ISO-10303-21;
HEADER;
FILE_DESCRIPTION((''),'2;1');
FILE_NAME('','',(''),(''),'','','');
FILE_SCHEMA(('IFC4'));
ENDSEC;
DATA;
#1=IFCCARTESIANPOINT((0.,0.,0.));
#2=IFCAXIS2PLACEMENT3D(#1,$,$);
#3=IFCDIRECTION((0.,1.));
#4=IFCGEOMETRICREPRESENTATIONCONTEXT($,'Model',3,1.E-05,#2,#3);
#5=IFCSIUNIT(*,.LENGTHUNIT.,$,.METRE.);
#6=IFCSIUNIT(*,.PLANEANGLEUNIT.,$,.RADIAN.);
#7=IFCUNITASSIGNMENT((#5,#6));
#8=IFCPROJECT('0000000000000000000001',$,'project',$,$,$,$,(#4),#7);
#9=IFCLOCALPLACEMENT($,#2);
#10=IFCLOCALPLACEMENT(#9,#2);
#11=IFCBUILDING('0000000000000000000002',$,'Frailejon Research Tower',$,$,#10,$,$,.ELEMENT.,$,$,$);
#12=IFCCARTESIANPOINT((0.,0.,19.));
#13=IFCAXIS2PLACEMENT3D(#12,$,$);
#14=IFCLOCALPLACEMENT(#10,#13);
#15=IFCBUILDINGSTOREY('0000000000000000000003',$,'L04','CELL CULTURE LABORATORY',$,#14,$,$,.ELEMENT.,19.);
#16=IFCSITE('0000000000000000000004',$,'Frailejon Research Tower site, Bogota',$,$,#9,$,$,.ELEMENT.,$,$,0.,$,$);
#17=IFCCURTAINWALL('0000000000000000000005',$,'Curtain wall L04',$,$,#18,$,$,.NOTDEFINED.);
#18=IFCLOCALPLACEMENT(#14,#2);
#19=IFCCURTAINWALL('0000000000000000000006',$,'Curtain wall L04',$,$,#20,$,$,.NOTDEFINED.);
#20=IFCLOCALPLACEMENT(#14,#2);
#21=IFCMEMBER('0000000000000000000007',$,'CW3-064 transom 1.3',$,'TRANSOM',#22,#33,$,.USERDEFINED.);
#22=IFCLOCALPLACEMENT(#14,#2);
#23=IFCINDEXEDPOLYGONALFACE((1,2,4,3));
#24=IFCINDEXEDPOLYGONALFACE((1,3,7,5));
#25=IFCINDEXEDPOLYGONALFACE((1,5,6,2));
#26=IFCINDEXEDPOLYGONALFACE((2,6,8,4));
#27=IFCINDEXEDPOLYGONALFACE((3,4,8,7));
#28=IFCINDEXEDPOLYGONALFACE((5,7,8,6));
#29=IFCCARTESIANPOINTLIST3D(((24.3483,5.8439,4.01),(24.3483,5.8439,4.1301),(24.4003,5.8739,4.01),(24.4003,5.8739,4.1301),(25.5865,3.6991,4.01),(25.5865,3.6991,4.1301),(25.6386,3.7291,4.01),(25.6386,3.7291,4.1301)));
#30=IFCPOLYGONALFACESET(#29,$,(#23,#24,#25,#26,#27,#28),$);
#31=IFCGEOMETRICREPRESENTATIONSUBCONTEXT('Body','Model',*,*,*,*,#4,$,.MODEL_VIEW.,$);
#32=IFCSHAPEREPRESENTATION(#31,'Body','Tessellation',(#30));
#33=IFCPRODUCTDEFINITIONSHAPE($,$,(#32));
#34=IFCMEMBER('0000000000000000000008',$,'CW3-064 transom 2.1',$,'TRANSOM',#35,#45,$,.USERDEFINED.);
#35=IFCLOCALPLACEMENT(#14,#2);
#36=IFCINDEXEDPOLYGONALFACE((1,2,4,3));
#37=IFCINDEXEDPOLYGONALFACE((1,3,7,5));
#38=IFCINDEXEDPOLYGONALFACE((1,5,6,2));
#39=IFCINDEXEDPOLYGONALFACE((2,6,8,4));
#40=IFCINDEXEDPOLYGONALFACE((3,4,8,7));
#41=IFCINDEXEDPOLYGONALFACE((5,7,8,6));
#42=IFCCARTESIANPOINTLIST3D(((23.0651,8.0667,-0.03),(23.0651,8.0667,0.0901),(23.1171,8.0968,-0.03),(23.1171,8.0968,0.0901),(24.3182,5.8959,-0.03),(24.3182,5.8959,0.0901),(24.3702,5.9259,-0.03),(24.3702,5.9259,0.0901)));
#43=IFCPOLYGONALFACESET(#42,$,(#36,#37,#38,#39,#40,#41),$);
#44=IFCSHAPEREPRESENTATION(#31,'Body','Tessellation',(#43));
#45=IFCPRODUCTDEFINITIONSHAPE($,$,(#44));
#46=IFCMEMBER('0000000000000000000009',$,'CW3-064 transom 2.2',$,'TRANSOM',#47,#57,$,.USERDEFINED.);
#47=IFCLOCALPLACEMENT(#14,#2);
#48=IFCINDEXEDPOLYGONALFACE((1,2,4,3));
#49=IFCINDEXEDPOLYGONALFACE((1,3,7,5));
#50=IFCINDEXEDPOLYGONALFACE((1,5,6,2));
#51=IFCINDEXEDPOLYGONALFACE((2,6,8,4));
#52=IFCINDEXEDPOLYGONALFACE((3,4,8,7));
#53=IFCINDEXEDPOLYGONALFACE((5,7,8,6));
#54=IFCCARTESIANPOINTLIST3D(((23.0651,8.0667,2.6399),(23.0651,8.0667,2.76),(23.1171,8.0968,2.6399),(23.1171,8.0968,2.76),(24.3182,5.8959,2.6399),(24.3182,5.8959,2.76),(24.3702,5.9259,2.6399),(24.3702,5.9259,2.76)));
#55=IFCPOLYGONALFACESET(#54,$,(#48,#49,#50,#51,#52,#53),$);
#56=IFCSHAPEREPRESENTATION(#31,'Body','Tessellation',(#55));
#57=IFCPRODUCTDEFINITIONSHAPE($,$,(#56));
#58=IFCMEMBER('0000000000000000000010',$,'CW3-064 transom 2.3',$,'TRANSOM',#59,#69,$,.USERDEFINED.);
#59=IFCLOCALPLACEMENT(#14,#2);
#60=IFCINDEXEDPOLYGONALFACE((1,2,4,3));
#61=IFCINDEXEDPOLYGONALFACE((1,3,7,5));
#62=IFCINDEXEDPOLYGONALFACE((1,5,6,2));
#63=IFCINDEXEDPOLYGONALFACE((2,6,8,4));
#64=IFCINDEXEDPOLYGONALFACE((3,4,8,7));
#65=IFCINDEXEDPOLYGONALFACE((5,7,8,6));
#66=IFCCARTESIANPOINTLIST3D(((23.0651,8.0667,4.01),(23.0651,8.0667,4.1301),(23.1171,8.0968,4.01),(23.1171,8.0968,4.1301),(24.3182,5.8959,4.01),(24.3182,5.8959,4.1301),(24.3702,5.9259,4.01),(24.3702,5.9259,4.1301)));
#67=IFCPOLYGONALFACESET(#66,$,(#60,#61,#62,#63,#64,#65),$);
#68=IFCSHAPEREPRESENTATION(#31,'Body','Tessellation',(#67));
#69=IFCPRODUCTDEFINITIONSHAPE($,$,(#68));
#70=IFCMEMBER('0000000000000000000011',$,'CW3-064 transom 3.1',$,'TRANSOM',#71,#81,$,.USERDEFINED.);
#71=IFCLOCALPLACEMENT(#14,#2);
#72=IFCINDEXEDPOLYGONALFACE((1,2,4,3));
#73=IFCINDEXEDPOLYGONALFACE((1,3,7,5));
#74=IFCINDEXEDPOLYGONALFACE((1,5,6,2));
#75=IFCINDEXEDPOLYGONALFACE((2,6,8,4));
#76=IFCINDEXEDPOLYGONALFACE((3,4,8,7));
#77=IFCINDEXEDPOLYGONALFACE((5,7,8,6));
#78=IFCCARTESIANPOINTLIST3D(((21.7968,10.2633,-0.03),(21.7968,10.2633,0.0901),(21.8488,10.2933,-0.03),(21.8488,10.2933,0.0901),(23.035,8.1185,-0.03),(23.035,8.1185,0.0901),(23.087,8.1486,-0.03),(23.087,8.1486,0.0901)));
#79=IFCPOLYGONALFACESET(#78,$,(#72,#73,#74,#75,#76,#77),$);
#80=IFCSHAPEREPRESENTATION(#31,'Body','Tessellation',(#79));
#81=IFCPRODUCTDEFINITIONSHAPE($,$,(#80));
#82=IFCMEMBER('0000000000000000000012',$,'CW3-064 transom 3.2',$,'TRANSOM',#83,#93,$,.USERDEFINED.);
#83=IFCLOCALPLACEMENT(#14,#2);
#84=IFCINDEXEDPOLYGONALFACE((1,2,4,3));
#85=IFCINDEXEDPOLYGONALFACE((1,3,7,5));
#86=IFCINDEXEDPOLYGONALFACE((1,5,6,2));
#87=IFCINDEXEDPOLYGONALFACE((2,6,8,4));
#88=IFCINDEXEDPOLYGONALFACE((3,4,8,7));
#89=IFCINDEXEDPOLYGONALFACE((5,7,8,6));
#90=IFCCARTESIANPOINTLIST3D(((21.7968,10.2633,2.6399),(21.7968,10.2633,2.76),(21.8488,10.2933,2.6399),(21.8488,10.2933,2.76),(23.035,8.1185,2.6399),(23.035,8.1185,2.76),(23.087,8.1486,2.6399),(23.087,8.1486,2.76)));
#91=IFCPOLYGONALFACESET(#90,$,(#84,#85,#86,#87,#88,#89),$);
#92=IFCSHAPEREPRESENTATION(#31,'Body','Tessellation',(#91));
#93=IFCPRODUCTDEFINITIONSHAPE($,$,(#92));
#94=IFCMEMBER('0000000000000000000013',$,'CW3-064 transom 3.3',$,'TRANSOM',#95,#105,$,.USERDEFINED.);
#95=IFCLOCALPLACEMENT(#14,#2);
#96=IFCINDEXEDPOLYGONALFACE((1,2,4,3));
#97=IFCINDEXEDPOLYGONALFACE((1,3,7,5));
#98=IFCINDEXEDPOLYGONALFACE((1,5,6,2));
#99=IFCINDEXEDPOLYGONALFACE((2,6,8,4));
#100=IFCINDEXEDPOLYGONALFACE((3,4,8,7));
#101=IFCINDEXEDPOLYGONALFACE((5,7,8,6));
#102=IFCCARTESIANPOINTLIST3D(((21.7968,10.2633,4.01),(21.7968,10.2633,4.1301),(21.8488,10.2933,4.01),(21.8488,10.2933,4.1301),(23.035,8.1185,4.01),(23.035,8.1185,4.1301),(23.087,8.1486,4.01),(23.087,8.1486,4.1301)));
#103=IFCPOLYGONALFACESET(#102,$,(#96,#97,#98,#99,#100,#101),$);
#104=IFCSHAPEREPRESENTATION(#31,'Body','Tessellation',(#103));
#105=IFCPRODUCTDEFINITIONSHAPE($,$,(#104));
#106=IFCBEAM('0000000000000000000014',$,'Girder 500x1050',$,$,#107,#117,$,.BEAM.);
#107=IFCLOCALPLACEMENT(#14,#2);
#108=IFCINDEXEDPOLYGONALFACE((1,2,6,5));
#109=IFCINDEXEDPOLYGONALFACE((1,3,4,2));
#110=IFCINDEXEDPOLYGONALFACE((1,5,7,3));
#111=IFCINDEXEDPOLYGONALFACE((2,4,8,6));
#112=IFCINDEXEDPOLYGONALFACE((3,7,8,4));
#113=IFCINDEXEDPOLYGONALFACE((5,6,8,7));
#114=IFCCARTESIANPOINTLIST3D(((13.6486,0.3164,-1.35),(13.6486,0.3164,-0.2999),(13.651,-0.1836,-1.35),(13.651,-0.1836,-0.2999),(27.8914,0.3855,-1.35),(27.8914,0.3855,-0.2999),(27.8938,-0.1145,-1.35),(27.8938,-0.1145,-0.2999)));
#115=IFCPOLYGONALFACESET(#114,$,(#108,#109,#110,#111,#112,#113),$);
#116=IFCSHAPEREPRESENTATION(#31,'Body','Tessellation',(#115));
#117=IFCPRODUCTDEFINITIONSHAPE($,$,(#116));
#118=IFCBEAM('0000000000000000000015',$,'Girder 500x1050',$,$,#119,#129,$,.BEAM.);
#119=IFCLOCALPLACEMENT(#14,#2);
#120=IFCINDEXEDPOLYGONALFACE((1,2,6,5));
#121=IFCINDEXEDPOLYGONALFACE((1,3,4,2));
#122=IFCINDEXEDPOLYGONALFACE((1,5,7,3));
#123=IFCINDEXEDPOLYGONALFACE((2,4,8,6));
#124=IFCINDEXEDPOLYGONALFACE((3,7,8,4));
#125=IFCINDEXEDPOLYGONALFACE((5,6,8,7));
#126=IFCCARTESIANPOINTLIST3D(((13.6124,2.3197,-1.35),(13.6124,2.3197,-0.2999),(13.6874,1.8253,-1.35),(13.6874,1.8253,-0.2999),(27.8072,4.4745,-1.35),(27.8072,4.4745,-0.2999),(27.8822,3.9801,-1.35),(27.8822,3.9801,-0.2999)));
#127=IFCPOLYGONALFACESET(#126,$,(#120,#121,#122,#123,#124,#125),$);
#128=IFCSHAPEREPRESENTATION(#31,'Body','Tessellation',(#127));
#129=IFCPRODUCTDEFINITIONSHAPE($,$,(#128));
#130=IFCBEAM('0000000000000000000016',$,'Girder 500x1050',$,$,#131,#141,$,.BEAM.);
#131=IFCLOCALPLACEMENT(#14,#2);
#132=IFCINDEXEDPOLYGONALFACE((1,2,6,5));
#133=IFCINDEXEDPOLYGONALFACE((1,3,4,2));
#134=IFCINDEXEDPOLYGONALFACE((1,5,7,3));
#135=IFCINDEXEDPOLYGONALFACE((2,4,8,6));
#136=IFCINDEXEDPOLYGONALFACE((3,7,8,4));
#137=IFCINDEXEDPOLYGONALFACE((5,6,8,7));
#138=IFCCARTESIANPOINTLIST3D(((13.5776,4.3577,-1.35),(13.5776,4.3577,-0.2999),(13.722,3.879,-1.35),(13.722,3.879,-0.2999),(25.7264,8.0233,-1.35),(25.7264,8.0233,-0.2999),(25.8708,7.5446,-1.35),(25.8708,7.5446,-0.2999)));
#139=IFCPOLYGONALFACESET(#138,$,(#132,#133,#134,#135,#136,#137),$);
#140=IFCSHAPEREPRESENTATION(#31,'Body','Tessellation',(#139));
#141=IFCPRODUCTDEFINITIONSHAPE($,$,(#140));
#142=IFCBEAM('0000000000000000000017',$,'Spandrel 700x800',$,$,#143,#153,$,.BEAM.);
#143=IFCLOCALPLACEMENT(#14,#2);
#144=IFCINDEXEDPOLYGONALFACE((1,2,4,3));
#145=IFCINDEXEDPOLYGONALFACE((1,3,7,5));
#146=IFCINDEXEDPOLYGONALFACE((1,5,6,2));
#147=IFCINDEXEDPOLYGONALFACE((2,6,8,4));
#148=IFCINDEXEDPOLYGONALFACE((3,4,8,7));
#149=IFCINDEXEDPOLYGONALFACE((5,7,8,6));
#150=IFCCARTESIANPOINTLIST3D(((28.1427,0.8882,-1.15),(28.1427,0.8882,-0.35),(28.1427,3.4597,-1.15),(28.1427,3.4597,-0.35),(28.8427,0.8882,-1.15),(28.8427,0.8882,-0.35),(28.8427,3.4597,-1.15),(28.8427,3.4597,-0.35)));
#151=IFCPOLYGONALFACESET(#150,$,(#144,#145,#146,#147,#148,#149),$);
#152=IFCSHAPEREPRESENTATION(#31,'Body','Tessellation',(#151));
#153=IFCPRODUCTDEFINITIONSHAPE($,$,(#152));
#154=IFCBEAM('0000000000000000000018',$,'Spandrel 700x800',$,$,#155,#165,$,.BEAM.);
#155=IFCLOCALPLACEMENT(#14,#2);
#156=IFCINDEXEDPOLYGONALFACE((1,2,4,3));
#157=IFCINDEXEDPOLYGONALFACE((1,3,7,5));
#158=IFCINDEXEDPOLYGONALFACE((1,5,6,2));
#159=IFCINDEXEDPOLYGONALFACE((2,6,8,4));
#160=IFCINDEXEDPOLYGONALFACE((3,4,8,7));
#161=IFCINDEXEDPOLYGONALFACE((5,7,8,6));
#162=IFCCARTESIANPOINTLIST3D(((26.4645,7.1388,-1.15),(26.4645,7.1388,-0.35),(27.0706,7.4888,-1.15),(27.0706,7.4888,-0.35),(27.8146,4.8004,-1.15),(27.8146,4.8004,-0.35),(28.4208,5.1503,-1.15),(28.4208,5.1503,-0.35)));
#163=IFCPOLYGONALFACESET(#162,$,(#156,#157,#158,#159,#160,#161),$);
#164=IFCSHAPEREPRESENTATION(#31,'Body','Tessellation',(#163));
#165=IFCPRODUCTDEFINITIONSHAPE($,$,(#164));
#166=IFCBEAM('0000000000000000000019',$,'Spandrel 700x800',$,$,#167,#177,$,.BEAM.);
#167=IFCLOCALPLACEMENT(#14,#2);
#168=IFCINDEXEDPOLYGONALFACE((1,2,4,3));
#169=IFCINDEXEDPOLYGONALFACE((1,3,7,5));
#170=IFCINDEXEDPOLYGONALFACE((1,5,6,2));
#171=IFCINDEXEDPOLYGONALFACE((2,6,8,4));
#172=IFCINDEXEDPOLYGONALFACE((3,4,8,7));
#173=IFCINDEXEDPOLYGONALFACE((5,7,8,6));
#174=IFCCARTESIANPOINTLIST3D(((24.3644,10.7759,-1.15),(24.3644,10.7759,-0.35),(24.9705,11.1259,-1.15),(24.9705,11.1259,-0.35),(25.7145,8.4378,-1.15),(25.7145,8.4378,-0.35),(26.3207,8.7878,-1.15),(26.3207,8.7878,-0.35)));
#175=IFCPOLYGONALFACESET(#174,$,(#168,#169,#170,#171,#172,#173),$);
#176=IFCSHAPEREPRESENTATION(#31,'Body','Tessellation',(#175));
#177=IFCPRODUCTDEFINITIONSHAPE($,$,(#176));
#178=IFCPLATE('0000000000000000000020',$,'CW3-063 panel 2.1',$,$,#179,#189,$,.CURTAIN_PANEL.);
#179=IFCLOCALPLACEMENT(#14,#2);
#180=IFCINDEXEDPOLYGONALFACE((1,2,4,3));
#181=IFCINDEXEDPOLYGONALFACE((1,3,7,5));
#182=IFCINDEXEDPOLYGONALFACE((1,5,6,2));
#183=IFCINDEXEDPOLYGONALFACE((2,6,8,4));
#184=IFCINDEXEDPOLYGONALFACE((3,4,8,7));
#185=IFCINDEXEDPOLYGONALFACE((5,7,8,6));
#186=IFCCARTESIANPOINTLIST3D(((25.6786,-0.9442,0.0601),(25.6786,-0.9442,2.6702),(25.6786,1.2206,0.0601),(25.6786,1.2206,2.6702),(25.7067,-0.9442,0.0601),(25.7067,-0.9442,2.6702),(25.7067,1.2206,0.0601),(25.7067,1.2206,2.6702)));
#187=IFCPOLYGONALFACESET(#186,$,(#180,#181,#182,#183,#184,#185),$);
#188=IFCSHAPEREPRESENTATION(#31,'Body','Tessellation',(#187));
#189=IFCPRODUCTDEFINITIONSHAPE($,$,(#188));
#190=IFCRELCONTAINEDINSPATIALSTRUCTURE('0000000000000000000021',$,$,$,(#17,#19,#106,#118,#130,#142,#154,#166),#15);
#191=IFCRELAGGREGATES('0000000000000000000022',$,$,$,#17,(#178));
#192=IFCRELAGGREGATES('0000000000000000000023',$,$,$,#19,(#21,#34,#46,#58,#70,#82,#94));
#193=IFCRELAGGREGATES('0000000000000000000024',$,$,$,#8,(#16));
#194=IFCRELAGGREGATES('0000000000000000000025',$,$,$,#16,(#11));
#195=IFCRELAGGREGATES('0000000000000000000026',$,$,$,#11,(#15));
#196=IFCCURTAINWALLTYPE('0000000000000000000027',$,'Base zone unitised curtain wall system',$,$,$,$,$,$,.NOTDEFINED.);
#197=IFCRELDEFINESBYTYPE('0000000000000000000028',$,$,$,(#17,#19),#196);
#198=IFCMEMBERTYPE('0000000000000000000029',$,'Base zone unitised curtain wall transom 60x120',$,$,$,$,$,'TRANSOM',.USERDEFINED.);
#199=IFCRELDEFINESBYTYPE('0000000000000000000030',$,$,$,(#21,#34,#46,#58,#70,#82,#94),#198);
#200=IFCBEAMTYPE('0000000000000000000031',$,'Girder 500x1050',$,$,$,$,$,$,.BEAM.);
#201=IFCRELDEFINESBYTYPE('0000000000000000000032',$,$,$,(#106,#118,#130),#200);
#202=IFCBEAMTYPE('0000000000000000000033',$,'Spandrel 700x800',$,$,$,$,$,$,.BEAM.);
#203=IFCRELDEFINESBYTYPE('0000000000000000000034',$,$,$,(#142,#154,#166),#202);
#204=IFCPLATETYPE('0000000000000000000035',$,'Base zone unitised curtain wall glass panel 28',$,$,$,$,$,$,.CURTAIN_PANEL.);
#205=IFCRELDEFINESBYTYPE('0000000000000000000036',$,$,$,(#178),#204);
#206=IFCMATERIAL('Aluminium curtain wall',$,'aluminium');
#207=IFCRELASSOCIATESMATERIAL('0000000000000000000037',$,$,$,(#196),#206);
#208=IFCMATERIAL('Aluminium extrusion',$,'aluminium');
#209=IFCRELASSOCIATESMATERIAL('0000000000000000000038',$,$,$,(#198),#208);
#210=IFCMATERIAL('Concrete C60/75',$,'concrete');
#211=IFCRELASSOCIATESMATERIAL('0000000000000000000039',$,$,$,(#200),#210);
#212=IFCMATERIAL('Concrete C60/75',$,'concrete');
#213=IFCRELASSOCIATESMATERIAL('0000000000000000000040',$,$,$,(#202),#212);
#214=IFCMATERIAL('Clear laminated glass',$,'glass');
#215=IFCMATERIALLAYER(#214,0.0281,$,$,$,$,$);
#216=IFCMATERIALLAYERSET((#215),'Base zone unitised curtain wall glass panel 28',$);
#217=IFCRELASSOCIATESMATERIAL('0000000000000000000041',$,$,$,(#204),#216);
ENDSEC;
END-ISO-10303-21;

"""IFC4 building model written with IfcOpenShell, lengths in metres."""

from ifc_helpers import new_model, si_unit, direction, frame, origin, origin_2d, place, context, subcontext, project, spatial, rectangle, extrude, material, layer, layer_set, material_profile, profile_set, type_object, element, aggregate, save


model = new_model("IFC4")

# Units and contexts
model_context = context("Model", 3, precision=1e-05, world=origin(), true_north=direction((0.0, 1.0)))
body_context = subcontext(model_context, "Body", "Model", "MODEL_VIEW")
ifc_project = project(units=[si_unit("LENGTHUNIT", "METRE"), si_unit("PLANEANGLEUNIT", "RADIAN")], contexts=[model_context])

# Site, building, storey
site_placement = place(None, origin())
site = spatial("IfcSite", under=ifc_project, at=site_placement, Name="Frailejon Research Tower site, Bogota", CompositionType="ELEMENT", RefElevation=0.0)
building_placement = place(site_placement, origin())
building = spatial("IfcBuilding", under=site, at=building_placement, Name="Frailejon Research Tower", CompositionType="ELEMENT")
storey_placement = place(building_placement, frame((0.0, 0.0, 19.0)))
storey = spatial("IfcBuildingStorey", under=building, at=storey_placement, Name="L04", Description="CELL CULTURE LABORATORY", CompositionType="ELEMENT", Elevation=19.0)

# Curtain walls
ifc_material_1 = material(Name="Aluminium curtain wall", Category="aluminium")
curtain_wall_type = type_object("IfcCurtainWallType", Name="Base zone unitised curtain wall system", PredefinedType="NOTDEFINED", material=ifc_material_1)
curtain_wall_1_placement = place(storey_placement, origin())
curtain_wall_1 = element("IfcCurtainWall", 1, at=curtain_wall_1_placement, inside=storey, type_object=curtain_wall_type, Name="Curtain wall L04", PredefinedType="NOTDEFINED")
curtain_wall_2_placement = place(storey_placement, origin())
curtain_wall_2 = element("IfcCurtainWall", 2, at=curtain_wall_2_placement, inside=storey, type_object=curtain_wall_type, Name="Curtain wall L04", PredefinedType="NOTDEFINED")

# Members
ifc_material_2 = material(Name="Aluminium extrusion", Category="aluminium")
ifc_material_profile_1 = material_profile(ifc_material_2, rectangle(XDim=0.0601, YDim=0.1201, at=origin_2d()), Name="Base zone unitised curtain wall transom 60x120")
ifc_profile_set_1 = profile_set([ifc_material_profile_1], Name="Aluminium extrusion")
member_type_1 = type_object("IfcMemberType", Name="Base zone unitised curtain wall transom 60x120", ElementType="TRANSOM", PredefinedType="USERDEFINED", material=ifc_profile_set_1)
member_1_placement = place(storey_placement, frame((25.6125, 3.7141, 4.0701), z_axis=(-0.499998, 0.866026, 0.0), x_axis=(-0.866026, -0.499998, 0.0)))
member_1 = element("IfcMember", 3, at=member_1_placement, type_object=member_type_1, Name="CW3-064 transom 1.3", ObjectType="TRANSOM", PredefinedType="USERDEFINED", context=body_context, shape_type="SweptSolid", body=[
    extrude(rectangle(XDim=0.0601, YDim=0.1201, at=origin_2d()), origin(), (0.0, 0.0, 1.0), 2.4766),
])
member_2_placement = place(storey_placement, frame((24.3442, 5.9109, 0.03), z_axis=(-0.499942, 0.866059, 0.0), x_axis=(-0.866059, -0.499942, 0.0)))
member_2 = element("IfcMember", 4, at=member_2_placement, type_object=member_type_1, Name="CW3-064 transom 2.1", ObjectType="TRANSOM", PredefinedType="USERDEFINED", context=body_context, shape_type="SweptSolid", body=[
    extrude(rectangle(XDim=0.0601, YDim=0.1201, at=origin_2d()), origin(), (0.0, 0.0, 1.0), 2.5066),
])
member_3_placement = place(storey_placement, frame((24.3442, 5.9109, 2.7), z_axis=(-0.499942, 0.866059, 0.0), x_axis=(-0.866059, -0.499942, 0.0)))
member_3 = element("IfcMember", 5, at=member_3_placement, type_object=member_type_1, Name="CW3-064 transom 2.2", ObjectType="TRANSOM", PredefinedType="USERDEFINED", context=body_context, shape_type="SweptSolid", body=[
    extrude(rectangle(XDim=0.0601, YDim=0.1201, at=origin_2d()), origin(), (0.0, 0.0, 1.0), 2.5066),
])
member_4_placement = place(storey_placement, frame((24.3442, 5.9109, 4.0701), z_axis=(-0.499942, 0.866059, 0.0), x_axis=(-0.866059, -0.499942, 0.0)))
member_4 = element("IfcMember", 6, at=member_4_placement, type_object=member_type_1, Name="CW3-064 transom 2.3", ObjectType="TRANSOM", PredefinedType="USERDEFINED", context=body_context, shape_type="SweptSolid", body=[
    extrude(rectangle(XDim=0.0601, YDim=0.1201, at=origin_2d()), origin(), (0.0, 0.0, 1.0), 2.5066),
])
member_5_placement = place(storey_placement, frame((23.061, 8.1335, 0.03), z_axis=(-0.499998, 0.866026, 0.0), x_axis=(-0.866026, -0.499998, 0.0)))
member_5 = element("IfcMember", 7, at=member_5_placement, type_object=member_type_1, Name="CW3-064 transom 3.1", ObjectType="TRANSOM", PredefinedType="USERDEFINED", context=body_context, shape_type="SweptSolid", body=[
    extrude(rectangle(XDim=0.0601, YDim=0.1201, at=origin_2d()), origin(), (0.0, 0.0, 1.0), 2.4766),
])
member_6_placement = place(storey_placement, frame((23.061, 8.1335, 2.7), z_axis=(-0.499998, 0.866026, 0.0), x_axis=(-0.866026, -0.499998, 0.0)))
member_6 = element("IfcMember", 8, at=member_6_placement, type_object=member_type_1, Name="CW3-064 transom 3.2", ObjectType="TRANSOM", PredefinedType="USERDEFINED", context=body_context, shape_type="SweptSolid", body=[
    extrude(rectangle(XDim=0.0601, YDim=0.1201, at=origin_2d()), origin(), (0.0, 0.0, 1.0), 2.4766),
])
member_7_placement = place(storey_placement, frame((23.061, 8.1335, 4.0701), z_axis=(-0.499998, 0.866026, 0.0), x_axis=(-0.866026, -0.499998, 0.0)))
member_7 = element("IfcMember", 9, at=member_7_placement, type_object=member_type_1, Name="CW3-064 transom 3.3", ObjectType="TRANSOM", PredefinedType="USERDEFINED", context=body_context, shape_type="SweptSolid", body=[
    extrude(rectangle(XDim=0.0601, YDim=0.1201, at=origin_2d()), origin(), (0.0, 0.0, 1.0), 2.4766),
])

# Beams
ifc_material_3 = material(Name="Concrete C60/75", Category="concrete")
ifc_material_profile_2 = material_profile(ifc_material_3, rectangle(XDim=0.5, YDim=1.05, at=origin_2d()), Name="Girder 500x1050")
ifc_profile_set_2 = profile_set([ifc_material_profile_2], Name="Concrete C60/75")
beam_type_1 = type_object("IfcBeamType", Name="Girder 500x1050", PredefinedType="BEAM", material=ifc_profile_set_2)
beam_1_placement = place(storey_placement, frame((27.8926, 0.1355, -0.825), z_axis=(-0.999988, -0.004851, 0.0), x_axis=(0.004851, -0.999988, 0.0)))
element("IfcBeam", 10, at=beam_1_placement, inside=storey, type_object=beam_type_1, Name="Girder 500x1050", PredefinedType="BEAM", context=body_context, shape_type="SweptSolid", body=[
    extrude(rectangle(XDim=0.5, YDim=1.05, at=origin_2d()), origin(), (0.0, 0.0, 1.0), 14.2429),
])
beam_2_placement = place(storey_placement, frame((27.8447, 4.2273, -0.825), z_axis=(-0.988674, -0.150081, 0.0), x_axis=(0.150081, -0.988674, 0.0)))
element("IfcBeam", 11, at=beam_2_placement, inside=storey, type_object=beam_type_1, Name="Girder 500x1050", PredefinedType="BEAM", context=body_context, shape_type="SweptSolid", body=[
    extrude(rectangle(XDim=0.5, YDim=1.05, at=origin_2d()), origin(), (0.0, 0.0, 1.0), 14.3574),
])
beam_3_placement = place(storey_placement, frame((25.7986, 7.7839, -0.825), z_axis=(-0.957371, -0.28886, 0.0), x_axis=(0.28886, -0.957371, 0.0)))
element("IfcBeam", 12, at=beam_3_placement, inside=storey, type_object=beam_type_1, Name="Girder 500x1050", PredefinedType="BEAM", context=body_context, shape_type="SweptSolid", body=[
    extrude(rectangle(XDim=0.5, YDim=1.05, at=origin_2d()), origin(), (0.0, 0.0, 1.0), 12.6897),
])
ifc_material_4 = material(Name="Concrete C60/75", Category="concrete")
ifc_material_profile_3 = material_profile(ifc_material_4, rectangle(XDim=0.7, YDim=0.8, at=origin_2d()), Name="Spandrel 700x800")
ifc_profile_set_3 = profile_set([ifc_material_profile_3], Name="Concrete C60/75")
beam_type_2 = type_object("IfcBeamType", Name="Spandrel 700x800", PredefinedType="BEAM", material=ifc_profile_set_3)
beam_4_placement = place(storey_placement, frame((28.4927, 0.8882, -0.75), z_axis=(0.0, 1.0, 0.0), x_axis=(-1.0, 0.0, 0.0)))
element("IfcBeam", 13, at=beam_4_placement, inside=storey, type_object=beam_type_2, Name="Spandrel 700x800", PredefinedType="BEAM", context=body_context, shape_type="SweptSolid", body=[
    extrude(rectangle(XDim=0.7, YDim=0.8, at=origin_2d()), origin(), (0.0, 0.0, 1.0), 2.5715),
])
beam_5_placement = place(storey_placement, frame((28.1177, 4.9753, -0.75), z_axis=(-0.500009, 0.86602, 0.0), x_axis=(-0.86602, -0.500009, 0.0)))
element("IfcBeam", 14, at=beam_5_placement, inside=storey, type_object=beam_type_2, Name="Spandrel 700x800", PredefinedType="BEAM", context=body_context, shape_type="SweptSolid", body=[
    extrude(rectangle(XDim=0.7, YDim=0.8, at=origin_2d()), origin(), (0.0, 0.0, 1.0), 2.7002),
])
beam_6_placement = place(storey_placement, frame((26.0176, 8.6128, -0.75), z_axis=(-0.500049, 0.865997, 0.0), x_axis=(-0.865997, -0.500049, 0.0)))
element("IfcBeam", 15, at=beam_6_placement, inside=storey, type_object=beam_type_2, Name="Spandrel 700x800", PredefinedType="BEAM", context=body_context, shape_type="SweptSolid", body=[
    extrude(rectangle(XDim=0.7, YDim=0.8, at=origin_2d()), origin(), (0.0, 0.0, 1.0), 2.7),
])

# Plate
ifc_material_5 = material(Name="Clear laminated glass", Category="glass")
ifc_layer = layer(ifc_material_5, 0.0281)
ifc_layer_set = layer_set([ifc_layer], Name="Base zone unitised curtain wall glass panel 28")
plate_type = type_object("IfcPlateType", Name="Base zone unitised curtain wall glass panel 28", PredefinedType="CURTAIN_PANEL", material=ifc_layer_set)
plate_1_placement = place(storey_placement, frame((25.6926, 0.1382, 0.0601), z_axis=(0.0, 0.0, 1.0), x_axis=(0.0, 1.0, 0.0)))
plate_1 = element("IfcPlate", 16, at=plate_1_placement, type_object=plate_type, Name="CW3-063 panel 2.1", PredefinedType="CURTAIN_PANEL", context=body_context, shape_type="SweptSolid", body=[
    extrude(rectangle(XDim=2.1648, YDim=0.0281, at=origin_2d()), origin(), (0.0, 0.0, 1.0), 2.6101),
])
aggregate(curtain_wall_1, [plate_1])
aggregate(curtain_wall_2, [member_1, member_2, member_3, member_4, member_5, member_6, member_7])

save(model, "model.ifc")
